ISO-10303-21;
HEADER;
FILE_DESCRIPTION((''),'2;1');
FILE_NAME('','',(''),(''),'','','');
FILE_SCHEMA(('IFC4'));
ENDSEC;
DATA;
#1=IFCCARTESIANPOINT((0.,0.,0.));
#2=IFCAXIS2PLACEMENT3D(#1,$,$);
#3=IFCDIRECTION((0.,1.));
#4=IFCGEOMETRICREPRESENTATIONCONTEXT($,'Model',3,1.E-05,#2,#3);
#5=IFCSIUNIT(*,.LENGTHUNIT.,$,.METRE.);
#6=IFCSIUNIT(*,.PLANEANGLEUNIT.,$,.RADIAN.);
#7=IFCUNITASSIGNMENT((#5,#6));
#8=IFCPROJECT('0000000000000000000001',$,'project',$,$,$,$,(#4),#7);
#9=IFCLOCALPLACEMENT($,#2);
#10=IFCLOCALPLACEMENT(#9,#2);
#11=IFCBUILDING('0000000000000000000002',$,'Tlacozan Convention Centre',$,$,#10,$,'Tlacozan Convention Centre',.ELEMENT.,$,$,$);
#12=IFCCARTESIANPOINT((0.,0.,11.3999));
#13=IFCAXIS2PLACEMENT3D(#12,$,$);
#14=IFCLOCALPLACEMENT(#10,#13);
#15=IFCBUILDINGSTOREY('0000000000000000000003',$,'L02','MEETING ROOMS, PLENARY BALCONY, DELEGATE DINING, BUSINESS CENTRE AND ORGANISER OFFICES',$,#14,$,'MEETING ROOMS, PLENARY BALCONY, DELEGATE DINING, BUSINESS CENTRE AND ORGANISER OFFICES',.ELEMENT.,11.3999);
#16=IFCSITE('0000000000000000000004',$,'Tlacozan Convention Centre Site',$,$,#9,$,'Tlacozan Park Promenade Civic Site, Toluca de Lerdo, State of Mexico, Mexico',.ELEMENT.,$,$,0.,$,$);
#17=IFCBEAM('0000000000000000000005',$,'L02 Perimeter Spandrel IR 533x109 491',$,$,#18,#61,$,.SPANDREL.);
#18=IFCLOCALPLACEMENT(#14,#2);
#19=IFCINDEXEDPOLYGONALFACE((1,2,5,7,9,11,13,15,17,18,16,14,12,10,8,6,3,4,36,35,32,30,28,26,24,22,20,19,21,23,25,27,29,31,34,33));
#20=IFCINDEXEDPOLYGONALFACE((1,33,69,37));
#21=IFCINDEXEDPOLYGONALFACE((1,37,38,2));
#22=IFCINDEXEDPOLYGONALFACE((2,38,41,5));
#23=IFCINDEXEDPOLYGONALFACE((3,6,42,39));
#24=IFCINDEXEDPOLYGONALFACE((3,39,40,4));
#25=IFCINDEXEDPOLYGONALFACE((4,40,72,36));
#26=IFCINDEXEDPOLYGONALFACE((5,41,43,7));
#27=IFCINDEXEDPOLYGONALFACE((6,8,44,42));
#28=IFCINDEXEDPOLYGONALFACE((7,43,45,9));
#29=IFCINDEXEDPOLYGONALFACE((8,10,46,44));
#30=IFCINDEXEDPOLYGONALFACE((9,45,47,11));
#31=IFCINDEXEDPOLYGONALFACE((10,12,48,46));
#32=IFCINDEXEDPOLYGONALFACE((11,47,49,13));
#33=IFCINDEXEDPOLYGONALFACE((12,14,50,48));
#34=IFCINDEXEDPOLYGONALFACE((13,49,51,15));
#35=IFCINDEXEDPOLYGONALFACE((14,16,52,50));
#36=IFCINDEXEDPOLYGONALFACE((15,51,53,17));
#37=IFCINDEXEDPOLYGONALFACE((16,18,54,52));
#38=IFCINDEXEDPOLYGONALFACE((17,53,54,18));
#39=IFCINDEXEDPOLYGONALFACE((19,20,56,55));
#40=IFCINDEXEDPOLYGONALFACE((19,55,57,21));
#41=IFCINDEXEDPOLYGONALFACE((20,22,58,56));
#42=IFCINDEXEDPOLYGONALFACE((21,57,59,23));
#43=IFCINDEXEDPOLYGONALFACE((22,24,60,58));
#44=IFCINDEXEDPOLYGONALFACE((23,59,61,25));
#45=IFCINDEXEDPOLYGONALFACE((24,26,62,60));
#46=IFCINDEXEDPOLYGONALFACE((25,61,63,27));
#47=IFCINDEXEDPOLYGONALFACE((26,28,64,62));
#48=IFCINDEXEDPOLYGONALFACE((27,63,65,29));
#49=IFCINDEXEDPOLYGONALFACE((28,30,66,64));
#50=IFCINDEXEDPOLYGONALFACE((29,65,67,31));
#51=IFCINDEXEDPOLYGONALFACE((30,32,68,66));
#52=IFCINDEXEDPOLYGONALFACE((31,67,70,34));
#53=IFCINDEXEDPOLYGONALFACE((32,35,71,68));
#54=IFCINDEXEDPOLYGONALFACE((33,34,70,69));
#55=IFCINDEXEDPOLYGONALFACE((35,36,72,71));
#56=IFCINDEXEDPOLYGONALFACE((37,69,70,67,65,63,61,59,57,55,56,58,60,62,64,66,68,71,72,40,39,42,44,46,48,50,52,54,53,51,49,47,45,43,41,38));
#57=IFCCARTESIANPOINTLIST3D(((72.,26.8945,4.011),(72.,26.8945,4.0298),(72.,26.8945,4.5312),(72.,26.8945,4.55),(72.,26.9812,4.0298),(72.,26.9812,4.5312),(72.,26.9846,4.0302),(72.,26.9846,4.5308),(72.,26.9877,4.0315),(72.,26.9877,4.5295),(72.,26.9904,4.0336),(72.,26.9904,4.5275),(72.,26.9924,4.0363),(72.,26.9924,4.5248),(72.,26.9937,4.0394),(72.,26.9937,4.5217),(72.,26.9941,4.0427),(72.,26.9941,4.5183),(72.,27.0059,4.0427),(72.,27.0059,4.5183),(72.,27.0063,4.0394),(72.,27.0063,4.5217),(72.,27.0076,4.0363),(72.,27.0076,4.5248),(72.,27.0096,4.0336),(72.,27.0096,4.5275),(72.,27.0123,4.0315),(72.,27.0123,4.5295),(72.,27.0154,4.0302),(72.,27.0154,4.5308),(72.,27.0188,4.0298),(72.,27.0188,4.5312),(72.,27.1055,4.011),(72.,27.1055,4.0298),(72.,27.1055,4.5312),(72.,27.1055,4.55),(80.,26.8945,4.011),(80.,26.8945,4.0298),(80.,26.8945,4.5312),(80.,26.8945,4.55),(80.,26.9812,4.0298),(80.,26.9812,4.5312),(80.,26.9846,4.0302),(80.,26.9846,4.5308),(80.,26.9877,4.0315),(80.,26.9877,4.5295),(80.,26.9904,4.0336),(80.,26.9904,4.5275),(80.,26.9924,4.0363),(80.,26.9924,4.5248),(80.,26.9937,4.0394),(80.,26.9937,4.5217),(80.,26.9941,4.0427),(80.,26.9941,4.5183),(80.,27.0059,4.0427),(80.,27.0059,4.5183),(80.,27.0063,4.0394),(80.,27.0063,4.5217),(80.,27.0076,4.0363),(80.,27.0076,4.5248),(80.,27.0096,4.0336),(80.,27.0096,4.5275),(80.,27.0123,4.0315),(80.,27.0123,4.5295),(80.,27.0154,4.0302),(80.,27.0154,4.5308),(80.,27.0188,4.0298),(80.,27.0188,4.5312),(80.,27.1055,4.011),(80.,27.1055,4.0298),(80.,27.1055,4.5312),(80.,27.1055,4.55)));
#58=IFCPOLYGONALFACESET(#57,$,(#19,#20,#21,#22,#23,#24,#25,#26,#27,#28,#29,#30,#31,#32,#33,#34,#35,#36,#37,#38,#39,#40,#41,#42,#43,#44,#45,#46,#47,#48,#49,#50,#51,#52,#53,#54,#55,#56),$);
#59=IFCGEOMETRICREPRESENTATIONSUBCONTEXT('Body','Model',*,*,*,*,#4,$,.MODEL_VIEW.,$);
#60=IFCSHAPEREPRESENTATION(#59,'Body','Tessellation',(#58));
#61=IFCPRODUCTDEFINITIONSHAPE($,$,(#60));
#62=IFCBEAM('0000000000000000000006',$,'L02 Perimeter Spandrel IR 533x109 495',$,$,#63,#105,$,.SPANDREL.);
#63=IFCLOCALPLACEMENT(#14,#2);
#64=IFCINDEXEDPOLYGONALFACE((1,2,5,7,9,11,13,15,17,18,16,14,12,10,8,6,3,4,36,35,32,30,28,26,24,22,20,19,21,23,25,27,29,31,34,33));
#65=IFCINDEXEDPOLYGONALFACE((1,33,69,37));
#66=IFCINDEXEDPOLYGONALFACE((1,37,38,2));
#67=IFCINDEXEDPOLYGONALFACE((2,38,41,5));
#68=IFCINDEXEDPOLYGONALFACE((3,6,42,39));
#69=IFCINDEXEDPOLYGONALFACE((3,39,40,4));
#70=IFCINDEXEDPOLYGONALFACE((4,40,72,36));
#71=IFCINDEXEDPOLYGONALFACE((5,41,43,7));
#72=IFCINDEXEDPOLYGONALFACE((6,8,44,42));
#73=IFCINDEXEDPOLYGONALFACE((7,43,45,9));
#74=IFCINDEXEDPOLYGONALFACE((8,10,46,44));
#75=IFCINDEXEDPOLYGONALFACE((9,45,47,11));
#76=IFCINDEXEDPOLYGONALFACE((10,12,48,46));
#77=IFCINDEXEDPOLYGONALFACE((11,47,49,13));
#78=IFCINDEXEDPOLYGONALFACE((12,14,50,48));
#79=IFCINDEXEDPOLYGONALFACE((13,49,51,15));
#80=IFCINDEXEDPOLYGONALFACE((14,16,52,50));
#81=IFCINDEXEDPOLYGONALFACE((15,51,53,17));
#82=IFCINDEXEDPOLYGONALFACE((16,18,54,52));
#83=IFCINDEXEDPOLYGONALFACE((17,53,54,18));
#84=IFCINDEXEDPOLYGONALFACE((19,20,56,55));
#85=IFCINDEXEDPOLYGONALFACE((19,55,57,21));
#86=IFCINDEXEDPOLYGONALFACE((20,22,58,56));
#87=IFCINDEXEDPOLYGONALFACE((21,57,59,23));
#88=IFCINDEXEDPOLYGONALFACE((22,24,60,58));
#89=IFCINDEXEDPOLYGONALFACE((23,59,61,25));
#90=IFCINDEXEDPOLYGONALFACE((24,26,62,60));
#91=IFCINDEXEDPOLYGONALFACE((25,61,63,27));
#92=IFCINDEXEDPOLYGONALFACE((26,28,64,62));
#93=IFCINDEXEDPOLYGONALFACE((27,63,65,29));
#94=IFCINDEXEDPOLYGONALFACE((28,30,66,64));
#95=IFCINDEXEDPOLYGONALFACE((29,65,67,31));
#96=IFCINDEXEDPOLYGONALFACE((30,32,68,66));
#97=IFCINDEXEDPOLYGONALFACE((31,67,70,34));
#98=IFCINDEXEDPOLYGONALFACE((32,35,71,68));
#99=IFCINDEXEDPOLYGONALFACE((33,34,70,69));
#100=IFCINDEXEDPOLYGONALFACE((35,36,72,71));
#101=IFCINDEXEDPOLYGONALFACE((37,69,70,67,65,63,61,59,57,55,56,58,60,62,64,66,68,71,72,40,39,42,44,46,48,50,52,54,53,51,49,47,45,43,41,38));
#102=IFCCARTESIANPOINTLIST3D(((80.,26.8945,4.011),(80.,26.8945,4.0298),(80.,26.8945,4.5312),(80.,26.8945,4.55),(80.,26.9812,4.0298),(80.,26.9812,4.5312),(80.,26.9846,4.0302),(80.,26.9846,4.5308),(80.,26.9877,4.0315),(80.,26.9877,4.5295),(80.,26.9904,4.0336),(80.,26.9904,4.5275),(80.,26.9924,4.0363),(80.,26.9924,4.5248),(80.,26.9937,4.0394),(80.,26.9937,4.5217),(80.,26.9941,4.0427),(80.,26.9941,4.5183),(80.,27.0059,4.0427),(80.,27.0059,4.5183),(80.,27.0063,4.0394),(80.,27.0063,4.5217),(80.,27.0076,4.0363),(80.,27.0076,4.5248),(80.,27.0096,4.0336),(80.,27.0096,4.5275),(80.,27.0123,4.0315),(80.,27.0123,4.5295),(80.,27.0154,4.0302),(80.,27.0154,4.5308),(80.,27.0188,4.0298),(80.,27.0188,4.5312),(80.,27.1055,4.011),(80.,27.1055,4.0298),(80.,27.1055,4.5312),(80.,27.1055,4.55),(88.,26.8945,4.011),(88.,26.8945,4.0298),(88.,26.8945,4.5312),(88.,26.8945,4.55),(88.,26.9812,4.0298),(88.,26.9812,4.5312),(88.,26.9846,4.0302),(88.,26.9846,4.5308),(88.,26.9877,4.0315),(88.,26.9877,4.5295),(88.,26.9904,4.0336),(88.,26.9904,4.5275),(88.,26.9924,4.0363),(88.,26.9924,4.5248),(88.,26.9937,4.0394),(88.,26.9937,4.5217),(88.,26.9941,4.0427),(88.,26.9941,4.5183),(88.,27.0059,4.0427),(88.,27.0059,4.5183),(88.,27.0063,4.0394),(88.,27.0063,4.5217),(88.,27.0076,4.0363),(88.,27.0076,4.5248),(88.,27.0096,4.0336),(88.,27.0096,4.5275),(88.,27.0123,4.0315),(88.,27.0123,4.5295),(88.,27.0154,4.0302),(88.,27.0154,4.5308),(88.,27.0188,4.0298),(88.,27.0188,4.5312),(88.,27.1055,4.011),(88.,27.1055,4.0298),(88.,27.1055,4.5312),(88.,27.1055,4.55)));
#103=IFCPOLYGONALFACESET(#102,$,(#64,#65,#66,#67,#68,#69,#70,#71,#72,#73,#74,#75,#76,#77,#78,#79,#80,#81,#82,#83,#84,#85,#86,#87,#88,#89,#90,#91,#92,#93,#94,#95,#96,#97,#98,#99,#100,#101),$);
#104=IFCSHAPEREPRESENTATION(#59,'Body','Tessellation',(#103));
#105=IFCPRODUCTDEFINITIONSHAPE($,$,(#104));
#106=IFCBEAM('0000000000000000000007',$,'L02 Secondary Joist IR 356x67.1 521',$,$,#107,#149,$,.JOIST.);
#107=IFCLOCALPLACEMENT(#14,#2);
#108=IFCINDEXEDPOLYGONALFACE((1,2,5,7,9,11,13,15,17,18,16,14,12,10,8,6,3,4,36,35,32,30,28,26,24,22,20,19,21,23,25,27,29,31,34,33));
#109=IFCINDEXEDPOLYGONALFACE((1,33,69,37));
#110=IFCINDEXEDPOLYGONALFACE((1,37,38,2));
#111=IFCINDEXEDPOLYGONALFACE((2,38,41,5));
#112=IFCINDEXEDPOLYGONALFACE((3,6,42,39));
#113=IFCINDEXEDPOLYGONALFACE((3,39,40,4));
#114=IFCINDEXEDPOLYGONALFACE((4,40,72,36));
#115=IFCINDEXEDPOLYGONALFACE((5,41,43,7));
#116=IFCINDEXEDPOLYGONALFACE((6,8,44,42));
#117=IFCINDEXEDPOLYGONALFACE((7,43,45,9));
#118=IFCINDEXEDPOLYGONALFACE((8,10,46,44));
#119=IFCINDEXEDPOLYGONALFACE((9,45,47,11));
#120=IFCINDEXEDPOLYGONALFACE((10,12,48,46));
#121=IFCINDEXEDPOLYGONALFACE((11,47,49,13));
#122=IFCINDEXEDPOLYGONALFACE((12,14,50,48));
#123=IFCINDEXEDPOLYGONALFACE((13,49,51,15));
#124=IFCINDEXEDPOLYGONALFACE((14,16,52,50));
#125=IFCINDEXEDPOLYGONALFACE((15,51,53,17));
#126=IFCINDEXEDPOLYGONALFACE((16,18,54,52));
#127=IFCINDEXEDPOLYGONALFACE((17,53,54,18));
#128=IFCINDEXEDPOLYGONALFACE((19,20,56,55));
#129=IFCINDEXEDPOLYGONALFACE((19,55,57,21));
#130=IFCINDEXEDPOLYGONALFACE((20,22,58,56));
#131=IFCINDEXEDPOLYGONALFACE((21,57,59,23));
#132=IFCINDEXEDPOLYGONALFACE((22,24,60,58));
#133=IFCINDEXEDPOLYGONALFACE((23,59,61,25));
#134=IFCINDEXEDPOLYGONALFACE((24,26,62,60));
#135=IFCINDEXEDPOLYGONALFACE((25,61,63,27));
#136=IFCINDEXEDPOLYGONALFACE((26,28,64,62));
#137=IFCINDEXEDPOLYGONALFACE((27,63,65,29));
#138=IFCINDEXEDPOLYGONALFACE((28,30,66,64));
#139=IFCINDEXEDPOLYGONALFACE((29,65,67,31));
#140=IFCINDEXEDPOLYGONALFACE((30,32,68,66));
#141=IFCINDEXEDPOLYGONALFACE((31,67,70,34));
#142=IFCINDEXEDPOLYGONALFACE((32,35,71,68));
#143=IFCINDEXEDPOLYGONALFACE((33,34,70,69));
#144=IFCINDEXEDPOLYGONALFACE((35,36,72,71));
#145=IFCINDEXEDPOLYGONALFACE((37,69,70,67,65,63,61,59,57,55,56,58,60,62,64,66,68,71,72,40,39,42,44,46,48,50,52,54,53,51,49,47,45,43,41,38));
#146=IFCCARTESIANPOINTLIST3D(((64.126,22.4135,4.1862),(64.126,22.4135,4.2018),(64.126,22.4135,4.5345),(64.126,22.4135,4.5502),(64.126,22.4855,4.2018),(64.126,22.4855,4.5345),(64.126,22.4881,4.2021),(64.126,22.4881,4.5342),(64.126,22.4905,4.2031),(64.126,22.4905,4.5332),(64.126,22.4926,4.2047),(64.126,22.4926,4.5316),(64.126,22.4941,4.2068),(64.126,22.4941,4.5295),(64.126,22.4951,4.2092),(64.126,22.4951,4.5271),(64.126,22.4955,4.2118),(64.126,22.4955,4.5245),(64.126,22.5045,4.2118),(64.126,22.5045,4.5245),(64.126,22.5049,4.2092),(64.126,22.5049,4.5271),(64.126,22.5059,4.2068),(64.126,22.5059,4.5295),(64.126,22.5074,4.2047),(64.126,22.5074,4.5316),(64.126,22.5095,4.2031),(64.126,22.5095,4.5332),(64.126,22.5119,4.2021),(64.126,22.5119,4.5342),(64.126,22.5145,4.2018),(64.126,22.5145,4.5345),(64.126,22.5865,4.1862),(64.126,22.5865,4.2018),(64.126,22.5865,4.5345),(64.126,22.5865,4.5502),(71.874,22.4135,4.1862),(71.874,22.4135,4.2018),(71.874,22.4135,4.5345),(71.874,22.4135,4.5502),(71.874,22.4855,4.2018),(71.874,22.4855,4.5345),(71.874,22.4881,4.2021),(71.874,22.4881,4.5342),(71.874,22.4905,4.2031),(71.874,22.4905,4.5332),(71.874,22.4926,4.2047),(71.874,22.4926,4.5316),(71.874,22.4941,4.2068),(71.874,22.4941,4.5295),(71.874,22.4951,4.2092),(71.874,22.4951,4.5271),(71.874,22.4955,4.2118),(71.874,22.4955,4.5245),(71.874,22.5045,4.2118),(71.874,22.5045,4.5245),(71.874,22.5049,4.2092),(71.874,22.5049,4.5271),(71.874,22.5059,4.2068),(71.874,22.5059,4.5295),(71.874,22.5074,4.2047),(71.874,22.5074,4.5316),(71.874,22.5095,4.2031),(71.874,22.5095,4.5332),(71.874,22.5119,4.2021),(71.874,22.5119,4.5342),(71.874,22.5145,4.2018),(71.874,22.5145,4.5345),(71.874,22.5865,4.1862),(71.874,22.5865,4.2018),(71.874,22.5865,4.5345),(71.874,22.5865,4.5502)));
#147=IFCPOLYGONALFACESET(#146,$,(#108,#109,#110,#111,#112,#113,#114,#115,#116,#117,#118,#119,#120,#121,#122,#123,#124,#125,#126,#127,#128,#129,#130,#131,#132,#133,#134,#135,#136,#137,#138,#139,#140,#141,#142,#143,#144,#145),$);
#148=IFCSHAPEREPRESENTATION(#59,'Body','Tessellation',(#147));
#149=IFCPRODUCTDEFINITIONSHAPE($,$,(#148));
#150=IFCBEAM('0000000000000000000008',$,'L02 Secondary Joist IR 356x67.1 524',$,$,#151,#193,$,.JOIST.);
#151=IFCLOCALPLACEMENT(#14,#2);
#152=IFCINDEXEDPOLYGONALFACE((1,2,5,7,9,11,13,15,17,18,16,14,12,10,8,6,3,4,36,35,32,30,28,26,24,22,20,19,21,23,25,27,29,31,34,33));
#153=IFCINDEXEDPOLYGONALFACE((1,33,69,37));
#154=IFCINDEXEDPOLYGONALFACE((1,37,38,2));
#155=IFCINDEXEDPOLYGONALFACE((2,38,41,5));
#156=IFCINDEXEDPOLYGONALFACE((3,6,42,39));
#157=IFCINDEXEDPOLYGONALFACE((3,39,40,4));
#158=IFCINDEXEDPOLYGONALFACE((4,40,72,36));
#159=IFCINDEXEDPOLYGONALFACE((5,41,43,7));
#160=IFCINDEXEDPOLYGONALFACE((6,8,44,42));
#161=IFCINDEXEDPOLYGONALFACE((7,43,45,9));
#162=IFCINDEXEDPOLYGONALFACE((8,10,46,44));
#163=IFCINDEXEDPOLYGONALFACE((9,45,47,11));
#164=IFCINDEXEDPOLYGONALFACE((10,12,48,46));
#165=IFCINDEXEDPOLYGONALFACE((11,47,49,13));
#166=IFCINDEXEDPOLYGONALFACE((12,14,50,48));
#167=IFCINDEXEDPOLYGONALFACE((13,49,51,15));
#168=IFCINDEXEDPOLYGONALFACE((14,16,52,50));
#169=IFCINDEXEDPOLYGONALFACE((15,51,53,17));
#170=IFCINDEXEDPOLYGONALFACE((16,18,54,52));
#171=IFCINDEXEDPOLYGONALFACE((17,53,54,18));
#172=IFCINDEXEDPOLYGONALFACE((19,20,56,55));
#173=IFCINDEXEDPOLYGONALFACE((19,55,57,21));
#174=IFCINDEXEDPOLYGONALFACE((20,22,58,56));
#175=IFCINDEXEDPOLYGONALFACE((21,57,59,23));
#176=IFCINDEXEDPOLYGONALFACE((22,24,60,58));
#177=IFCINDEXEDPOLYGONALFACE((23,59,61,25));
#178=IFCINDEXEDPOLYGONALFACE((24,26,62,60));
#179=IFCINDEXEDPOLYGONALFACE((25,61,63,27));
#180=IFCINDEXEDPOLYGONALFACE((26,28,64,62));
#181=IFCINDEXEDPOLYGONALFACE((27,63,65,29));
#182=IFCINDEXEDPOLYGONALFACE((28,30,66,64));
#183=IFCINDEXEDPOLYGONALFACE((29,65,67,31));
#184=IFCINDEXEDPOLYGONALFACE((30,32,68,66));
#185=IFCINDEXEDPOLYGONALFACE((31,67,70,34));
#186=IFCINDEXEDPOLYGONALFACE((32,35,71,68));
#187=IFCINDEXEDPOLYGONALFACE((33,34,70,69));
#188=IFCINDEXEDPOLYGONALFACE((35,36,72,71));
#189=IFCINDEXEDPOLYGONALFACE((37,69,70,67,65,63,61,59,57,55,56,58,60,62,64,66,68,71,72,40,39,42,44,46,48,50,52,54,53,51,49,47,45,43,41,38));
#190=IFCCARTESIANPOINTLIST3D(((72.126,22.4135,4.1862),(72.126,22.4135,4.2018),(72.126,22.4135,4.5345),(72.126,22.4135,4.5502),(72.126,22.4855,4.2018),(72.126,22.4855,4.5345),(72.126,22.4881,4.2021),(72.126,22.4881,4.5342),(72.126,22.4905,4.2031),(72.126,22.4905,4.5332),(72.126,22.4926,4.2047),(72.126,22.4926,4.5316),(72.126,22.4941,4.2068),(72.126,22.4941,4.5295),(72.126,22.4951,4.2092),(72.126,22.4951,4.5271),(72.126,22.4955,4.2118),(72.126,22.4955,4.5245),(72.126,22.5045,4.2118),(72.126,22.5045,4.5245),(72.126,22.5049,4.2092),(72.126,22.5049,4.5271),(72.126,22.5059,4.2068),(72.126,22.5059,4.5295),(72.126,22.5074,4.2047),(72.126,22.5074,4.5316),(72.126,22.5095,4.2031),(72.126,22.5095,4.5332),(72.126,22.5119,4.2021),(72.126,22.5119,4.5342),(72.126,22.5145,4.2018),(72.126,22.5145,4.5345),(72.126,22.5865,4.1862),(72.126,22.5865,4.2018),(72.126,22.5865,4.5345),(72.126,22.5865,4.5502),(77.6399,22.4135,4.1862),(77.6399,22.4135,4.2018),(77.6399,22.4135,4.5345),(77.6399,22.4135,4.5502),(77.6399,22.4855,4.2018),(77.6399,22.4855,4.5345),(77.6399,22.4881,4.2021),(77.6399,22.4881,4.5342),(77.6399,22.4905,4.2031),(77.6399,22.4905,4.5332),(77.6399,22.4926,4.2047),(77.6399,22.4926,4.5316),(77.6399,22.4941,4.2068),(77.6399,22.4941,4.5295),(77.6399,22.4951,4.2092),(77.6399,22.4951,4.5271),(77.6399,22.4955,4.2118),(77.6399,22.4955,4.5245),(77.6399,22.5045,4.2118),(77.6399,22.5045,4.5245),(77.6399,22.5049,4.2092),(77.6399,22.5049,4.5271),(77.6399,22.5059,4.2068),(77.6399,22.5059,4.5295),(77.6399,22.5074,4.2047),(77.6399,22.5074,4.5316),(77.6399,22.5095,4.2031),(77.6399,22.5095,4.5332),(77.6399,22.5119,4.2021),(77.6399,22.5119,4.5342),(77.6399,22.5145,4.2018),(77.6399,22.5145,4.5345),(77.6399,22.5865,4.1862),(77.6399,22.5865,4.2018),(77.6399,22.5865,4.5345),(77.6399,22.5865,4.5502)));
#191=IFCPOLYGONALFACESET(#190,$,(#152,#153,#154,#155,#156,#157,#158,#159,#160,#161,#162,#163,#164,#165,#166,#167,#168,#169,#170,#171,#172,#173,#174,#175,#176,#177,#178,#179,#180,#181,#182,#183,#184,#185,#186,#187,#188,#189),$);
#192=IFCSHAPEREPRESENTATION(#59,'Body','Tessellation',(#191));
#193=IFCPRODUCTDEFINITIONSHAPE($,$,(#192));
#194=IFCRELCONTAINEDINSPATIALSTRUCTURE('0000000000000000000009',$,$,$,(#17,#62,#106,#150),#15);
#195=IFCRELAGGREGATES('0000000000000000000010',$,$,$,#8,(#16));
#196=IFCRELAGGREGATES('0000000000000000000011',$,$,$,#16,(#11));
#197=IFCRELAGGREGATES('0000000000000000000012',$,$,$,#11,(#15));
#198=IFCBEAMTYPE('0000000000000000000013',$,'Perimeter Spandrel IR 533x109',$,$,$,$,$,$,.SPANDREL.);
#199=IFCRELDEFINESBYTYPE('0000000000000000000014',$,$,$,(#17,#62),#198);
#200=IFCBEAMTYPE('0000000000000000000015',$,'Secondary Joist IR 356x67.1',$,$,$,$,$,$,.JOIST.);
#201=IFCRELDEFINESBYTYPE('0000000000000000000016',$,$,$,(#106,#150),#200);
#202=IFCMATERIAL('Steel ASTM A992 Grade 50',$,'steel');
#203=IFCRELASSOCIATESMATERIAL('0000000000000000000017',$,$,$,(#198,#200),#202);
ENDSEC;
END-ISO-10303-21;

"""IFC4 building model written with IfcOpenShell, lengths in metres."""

from ifc_helpers import new_model, si_unit, direction, frame, origin, origin_2d, place, context, subcontext, project, spatial, i_section, extrude, material, material_profile, profile_set, type_object, element, save


model = new_model("IFC4")

# Units and contexts
model_context = context("Model", 3, precision=1e-05, world=origin(), true_north=direction((0.0, 1.0)))
body_context = subcontext(model_context, "Body", "Model", "MODEL_VIEW")
ifc_project = project(units=[si_unit("LENGTHUNIT", "METRE"), si_unit("PLANEANGLEUNIT", "RADIAN")], contexts=[model_context])

# Site, building, storey
site_placement = place(None, origin())
site = spatial("IfcSite", under=ifc_project, at=site_placement, Name="Tlacozan Convention Centre Site", LongName="Tlacozan Park Promenade Civic Site, Toluca de Lerdo, State of Mexico, Mexico", CompositionType="ELEMENT", RefElevation=0.0)
building_placement = place(site_placement, origin())
building = spatial("IfcBuilding", under=site, at=building_placement, Name="Tlacozan Convention Centre", LongName="Tlacozan Convention Centre", CompositionType="ELEMENT")
storey_placement = place(building_placement, frame((0.0, 0.0, 11.3999)))
storey = spatial("IfcBuildingStorey", under=building, at=storey_placement, Name="L02", Description="MEETING ROOMS, PLENARY BALCONY, DELEGATE DINING, BUSINESS CENTRE AND ORGANISER OFFICES", LongName="MEETING ROOMS, PLENARY BALCONY, DELEGATE DINING, BUSINESS CENTRE AND ORGANISER OFFICES", CompositionType="ELEMENT", Elevation=11.3999)

# Beams
ifc_material_1 = material(Name="Steel ASTM A992 Grade 50", Category="steel")
ifc_material_profile_1 = material_profile(ifc_material_1, i_section(OverallWidth=0.2109, OverallDepth=0.5391, WebThickness=0.0117, FlangeThickness=0.0188, FilletRadius=0.0129, at=origin_2d()), Name="IR 533x109.0")
ifc_profile_set_1 = profile_set([ifc_material_profile_1], Name="Steel ASTM A992 Grade 50")
beam_type_1 = type_object("IfcBeamType", Name="Perimeter Spandrel IR 533x109", PredefinedType="SPANDREL", material=ifc_profile_set_1)
for number, where, z_axis, x_axis, name in (
    (1, (72.0, 27.0, 4.2805), (1.0, 0.0, 0.0), (0.0, 1.0, 0.0), "L02 Perimeter Spandrel IR 533x109 491"),
    (2, (80.0, 27.0, 4.2805), (1.0, 0.0, 0.0), (0.0, 1.0, 0.0), "L02 Perimeter Spandrel IR 533x109 495"),
):
    element("IfcBeam", number, at=place(storey_placement, frame(where, z_axis=z_axis, x_axis=x_axis)), inside=storey, type_object=beam_type_1, Name=name, PredefinedType="SPANDREL", context=body_context, shape_type="SweptSolid", body=[
        extrude(i_section(OverallWidth=0.2109, OverallDepth=0.5391, WebThickness=0.0117, FlangeThickness=0.0188, FilletRadius=0.0129, at=origin_2d()), origin(), (0.0, 0.0, 1.0), 8.0),
    ])
ifc_material_profile_2 = material_profile(ifc_material_1, i_section(OverallWidth=0.1731, OverallDepth=0.364, WebThickness=0.009, FlangeThickness=0.0156, FilletRadius=0.01, at=origin_2d()), Name="IR 356x67.1")
ifc_profile_set_2 = profile_set([ifc_material_profile_2], Name="Steel ASTM A992 Grade 50")
beam_type_2 = type_object("IfcBeamType", Name="Secondary Joist IR 356x67.1", PredefinedType="JOIST", material=ifc_profile_set_2)
beam_1_placement = place(storey_placement, frame((64.126, 22.5, 4.3682), z_axis=(1.0, 0.0, 0.0), x_axis=(0.0, 1.0, 0.0)))
element("IfcBeam", 3, at=beam_1_placement, inside=storey, type_object=beam_type_2, Name="L02 Secondary Joist IR 356x67.1 521", PredefinedType="JOIST", context=body_context, shape_type="SweptSolid", body=[
    extrude(i_section(OverallWidth=0.1731, OverallDepth=0.364, WebThickness=0.009, FlangeThickness=0.0156, FilletRadius=0.01, at=origin_2d()), origin(), (0.0, 0.0, 1.0), 7.748),
])
beam_2_placement = place(storey_placement, frame((72.126, 22.5, 4.3682), z_axis=(1.0, 0.0, 0.0), x_axis=(0.0, 1.0, 0.0)))
element("IfcBeam", 4, at=beam_2_placement, inside=storey, type_object=beam_type_2, Name="L02 Secondary Joist IR 356x67.1 524", PredefinedType="JOIST", context=body_context, shape_type="SweptSolid", body=[
    extrude(i_section(OverallWidth=0.1731, OverallDepth=0.364, WebThickness=0.009, FlangeThickness=0.0156, FilletRadius=0.01, at=origin_2d()), origin(), (0.0, 0.0, 1.0), 5.5139),
])

save(model, "model.ifc")
